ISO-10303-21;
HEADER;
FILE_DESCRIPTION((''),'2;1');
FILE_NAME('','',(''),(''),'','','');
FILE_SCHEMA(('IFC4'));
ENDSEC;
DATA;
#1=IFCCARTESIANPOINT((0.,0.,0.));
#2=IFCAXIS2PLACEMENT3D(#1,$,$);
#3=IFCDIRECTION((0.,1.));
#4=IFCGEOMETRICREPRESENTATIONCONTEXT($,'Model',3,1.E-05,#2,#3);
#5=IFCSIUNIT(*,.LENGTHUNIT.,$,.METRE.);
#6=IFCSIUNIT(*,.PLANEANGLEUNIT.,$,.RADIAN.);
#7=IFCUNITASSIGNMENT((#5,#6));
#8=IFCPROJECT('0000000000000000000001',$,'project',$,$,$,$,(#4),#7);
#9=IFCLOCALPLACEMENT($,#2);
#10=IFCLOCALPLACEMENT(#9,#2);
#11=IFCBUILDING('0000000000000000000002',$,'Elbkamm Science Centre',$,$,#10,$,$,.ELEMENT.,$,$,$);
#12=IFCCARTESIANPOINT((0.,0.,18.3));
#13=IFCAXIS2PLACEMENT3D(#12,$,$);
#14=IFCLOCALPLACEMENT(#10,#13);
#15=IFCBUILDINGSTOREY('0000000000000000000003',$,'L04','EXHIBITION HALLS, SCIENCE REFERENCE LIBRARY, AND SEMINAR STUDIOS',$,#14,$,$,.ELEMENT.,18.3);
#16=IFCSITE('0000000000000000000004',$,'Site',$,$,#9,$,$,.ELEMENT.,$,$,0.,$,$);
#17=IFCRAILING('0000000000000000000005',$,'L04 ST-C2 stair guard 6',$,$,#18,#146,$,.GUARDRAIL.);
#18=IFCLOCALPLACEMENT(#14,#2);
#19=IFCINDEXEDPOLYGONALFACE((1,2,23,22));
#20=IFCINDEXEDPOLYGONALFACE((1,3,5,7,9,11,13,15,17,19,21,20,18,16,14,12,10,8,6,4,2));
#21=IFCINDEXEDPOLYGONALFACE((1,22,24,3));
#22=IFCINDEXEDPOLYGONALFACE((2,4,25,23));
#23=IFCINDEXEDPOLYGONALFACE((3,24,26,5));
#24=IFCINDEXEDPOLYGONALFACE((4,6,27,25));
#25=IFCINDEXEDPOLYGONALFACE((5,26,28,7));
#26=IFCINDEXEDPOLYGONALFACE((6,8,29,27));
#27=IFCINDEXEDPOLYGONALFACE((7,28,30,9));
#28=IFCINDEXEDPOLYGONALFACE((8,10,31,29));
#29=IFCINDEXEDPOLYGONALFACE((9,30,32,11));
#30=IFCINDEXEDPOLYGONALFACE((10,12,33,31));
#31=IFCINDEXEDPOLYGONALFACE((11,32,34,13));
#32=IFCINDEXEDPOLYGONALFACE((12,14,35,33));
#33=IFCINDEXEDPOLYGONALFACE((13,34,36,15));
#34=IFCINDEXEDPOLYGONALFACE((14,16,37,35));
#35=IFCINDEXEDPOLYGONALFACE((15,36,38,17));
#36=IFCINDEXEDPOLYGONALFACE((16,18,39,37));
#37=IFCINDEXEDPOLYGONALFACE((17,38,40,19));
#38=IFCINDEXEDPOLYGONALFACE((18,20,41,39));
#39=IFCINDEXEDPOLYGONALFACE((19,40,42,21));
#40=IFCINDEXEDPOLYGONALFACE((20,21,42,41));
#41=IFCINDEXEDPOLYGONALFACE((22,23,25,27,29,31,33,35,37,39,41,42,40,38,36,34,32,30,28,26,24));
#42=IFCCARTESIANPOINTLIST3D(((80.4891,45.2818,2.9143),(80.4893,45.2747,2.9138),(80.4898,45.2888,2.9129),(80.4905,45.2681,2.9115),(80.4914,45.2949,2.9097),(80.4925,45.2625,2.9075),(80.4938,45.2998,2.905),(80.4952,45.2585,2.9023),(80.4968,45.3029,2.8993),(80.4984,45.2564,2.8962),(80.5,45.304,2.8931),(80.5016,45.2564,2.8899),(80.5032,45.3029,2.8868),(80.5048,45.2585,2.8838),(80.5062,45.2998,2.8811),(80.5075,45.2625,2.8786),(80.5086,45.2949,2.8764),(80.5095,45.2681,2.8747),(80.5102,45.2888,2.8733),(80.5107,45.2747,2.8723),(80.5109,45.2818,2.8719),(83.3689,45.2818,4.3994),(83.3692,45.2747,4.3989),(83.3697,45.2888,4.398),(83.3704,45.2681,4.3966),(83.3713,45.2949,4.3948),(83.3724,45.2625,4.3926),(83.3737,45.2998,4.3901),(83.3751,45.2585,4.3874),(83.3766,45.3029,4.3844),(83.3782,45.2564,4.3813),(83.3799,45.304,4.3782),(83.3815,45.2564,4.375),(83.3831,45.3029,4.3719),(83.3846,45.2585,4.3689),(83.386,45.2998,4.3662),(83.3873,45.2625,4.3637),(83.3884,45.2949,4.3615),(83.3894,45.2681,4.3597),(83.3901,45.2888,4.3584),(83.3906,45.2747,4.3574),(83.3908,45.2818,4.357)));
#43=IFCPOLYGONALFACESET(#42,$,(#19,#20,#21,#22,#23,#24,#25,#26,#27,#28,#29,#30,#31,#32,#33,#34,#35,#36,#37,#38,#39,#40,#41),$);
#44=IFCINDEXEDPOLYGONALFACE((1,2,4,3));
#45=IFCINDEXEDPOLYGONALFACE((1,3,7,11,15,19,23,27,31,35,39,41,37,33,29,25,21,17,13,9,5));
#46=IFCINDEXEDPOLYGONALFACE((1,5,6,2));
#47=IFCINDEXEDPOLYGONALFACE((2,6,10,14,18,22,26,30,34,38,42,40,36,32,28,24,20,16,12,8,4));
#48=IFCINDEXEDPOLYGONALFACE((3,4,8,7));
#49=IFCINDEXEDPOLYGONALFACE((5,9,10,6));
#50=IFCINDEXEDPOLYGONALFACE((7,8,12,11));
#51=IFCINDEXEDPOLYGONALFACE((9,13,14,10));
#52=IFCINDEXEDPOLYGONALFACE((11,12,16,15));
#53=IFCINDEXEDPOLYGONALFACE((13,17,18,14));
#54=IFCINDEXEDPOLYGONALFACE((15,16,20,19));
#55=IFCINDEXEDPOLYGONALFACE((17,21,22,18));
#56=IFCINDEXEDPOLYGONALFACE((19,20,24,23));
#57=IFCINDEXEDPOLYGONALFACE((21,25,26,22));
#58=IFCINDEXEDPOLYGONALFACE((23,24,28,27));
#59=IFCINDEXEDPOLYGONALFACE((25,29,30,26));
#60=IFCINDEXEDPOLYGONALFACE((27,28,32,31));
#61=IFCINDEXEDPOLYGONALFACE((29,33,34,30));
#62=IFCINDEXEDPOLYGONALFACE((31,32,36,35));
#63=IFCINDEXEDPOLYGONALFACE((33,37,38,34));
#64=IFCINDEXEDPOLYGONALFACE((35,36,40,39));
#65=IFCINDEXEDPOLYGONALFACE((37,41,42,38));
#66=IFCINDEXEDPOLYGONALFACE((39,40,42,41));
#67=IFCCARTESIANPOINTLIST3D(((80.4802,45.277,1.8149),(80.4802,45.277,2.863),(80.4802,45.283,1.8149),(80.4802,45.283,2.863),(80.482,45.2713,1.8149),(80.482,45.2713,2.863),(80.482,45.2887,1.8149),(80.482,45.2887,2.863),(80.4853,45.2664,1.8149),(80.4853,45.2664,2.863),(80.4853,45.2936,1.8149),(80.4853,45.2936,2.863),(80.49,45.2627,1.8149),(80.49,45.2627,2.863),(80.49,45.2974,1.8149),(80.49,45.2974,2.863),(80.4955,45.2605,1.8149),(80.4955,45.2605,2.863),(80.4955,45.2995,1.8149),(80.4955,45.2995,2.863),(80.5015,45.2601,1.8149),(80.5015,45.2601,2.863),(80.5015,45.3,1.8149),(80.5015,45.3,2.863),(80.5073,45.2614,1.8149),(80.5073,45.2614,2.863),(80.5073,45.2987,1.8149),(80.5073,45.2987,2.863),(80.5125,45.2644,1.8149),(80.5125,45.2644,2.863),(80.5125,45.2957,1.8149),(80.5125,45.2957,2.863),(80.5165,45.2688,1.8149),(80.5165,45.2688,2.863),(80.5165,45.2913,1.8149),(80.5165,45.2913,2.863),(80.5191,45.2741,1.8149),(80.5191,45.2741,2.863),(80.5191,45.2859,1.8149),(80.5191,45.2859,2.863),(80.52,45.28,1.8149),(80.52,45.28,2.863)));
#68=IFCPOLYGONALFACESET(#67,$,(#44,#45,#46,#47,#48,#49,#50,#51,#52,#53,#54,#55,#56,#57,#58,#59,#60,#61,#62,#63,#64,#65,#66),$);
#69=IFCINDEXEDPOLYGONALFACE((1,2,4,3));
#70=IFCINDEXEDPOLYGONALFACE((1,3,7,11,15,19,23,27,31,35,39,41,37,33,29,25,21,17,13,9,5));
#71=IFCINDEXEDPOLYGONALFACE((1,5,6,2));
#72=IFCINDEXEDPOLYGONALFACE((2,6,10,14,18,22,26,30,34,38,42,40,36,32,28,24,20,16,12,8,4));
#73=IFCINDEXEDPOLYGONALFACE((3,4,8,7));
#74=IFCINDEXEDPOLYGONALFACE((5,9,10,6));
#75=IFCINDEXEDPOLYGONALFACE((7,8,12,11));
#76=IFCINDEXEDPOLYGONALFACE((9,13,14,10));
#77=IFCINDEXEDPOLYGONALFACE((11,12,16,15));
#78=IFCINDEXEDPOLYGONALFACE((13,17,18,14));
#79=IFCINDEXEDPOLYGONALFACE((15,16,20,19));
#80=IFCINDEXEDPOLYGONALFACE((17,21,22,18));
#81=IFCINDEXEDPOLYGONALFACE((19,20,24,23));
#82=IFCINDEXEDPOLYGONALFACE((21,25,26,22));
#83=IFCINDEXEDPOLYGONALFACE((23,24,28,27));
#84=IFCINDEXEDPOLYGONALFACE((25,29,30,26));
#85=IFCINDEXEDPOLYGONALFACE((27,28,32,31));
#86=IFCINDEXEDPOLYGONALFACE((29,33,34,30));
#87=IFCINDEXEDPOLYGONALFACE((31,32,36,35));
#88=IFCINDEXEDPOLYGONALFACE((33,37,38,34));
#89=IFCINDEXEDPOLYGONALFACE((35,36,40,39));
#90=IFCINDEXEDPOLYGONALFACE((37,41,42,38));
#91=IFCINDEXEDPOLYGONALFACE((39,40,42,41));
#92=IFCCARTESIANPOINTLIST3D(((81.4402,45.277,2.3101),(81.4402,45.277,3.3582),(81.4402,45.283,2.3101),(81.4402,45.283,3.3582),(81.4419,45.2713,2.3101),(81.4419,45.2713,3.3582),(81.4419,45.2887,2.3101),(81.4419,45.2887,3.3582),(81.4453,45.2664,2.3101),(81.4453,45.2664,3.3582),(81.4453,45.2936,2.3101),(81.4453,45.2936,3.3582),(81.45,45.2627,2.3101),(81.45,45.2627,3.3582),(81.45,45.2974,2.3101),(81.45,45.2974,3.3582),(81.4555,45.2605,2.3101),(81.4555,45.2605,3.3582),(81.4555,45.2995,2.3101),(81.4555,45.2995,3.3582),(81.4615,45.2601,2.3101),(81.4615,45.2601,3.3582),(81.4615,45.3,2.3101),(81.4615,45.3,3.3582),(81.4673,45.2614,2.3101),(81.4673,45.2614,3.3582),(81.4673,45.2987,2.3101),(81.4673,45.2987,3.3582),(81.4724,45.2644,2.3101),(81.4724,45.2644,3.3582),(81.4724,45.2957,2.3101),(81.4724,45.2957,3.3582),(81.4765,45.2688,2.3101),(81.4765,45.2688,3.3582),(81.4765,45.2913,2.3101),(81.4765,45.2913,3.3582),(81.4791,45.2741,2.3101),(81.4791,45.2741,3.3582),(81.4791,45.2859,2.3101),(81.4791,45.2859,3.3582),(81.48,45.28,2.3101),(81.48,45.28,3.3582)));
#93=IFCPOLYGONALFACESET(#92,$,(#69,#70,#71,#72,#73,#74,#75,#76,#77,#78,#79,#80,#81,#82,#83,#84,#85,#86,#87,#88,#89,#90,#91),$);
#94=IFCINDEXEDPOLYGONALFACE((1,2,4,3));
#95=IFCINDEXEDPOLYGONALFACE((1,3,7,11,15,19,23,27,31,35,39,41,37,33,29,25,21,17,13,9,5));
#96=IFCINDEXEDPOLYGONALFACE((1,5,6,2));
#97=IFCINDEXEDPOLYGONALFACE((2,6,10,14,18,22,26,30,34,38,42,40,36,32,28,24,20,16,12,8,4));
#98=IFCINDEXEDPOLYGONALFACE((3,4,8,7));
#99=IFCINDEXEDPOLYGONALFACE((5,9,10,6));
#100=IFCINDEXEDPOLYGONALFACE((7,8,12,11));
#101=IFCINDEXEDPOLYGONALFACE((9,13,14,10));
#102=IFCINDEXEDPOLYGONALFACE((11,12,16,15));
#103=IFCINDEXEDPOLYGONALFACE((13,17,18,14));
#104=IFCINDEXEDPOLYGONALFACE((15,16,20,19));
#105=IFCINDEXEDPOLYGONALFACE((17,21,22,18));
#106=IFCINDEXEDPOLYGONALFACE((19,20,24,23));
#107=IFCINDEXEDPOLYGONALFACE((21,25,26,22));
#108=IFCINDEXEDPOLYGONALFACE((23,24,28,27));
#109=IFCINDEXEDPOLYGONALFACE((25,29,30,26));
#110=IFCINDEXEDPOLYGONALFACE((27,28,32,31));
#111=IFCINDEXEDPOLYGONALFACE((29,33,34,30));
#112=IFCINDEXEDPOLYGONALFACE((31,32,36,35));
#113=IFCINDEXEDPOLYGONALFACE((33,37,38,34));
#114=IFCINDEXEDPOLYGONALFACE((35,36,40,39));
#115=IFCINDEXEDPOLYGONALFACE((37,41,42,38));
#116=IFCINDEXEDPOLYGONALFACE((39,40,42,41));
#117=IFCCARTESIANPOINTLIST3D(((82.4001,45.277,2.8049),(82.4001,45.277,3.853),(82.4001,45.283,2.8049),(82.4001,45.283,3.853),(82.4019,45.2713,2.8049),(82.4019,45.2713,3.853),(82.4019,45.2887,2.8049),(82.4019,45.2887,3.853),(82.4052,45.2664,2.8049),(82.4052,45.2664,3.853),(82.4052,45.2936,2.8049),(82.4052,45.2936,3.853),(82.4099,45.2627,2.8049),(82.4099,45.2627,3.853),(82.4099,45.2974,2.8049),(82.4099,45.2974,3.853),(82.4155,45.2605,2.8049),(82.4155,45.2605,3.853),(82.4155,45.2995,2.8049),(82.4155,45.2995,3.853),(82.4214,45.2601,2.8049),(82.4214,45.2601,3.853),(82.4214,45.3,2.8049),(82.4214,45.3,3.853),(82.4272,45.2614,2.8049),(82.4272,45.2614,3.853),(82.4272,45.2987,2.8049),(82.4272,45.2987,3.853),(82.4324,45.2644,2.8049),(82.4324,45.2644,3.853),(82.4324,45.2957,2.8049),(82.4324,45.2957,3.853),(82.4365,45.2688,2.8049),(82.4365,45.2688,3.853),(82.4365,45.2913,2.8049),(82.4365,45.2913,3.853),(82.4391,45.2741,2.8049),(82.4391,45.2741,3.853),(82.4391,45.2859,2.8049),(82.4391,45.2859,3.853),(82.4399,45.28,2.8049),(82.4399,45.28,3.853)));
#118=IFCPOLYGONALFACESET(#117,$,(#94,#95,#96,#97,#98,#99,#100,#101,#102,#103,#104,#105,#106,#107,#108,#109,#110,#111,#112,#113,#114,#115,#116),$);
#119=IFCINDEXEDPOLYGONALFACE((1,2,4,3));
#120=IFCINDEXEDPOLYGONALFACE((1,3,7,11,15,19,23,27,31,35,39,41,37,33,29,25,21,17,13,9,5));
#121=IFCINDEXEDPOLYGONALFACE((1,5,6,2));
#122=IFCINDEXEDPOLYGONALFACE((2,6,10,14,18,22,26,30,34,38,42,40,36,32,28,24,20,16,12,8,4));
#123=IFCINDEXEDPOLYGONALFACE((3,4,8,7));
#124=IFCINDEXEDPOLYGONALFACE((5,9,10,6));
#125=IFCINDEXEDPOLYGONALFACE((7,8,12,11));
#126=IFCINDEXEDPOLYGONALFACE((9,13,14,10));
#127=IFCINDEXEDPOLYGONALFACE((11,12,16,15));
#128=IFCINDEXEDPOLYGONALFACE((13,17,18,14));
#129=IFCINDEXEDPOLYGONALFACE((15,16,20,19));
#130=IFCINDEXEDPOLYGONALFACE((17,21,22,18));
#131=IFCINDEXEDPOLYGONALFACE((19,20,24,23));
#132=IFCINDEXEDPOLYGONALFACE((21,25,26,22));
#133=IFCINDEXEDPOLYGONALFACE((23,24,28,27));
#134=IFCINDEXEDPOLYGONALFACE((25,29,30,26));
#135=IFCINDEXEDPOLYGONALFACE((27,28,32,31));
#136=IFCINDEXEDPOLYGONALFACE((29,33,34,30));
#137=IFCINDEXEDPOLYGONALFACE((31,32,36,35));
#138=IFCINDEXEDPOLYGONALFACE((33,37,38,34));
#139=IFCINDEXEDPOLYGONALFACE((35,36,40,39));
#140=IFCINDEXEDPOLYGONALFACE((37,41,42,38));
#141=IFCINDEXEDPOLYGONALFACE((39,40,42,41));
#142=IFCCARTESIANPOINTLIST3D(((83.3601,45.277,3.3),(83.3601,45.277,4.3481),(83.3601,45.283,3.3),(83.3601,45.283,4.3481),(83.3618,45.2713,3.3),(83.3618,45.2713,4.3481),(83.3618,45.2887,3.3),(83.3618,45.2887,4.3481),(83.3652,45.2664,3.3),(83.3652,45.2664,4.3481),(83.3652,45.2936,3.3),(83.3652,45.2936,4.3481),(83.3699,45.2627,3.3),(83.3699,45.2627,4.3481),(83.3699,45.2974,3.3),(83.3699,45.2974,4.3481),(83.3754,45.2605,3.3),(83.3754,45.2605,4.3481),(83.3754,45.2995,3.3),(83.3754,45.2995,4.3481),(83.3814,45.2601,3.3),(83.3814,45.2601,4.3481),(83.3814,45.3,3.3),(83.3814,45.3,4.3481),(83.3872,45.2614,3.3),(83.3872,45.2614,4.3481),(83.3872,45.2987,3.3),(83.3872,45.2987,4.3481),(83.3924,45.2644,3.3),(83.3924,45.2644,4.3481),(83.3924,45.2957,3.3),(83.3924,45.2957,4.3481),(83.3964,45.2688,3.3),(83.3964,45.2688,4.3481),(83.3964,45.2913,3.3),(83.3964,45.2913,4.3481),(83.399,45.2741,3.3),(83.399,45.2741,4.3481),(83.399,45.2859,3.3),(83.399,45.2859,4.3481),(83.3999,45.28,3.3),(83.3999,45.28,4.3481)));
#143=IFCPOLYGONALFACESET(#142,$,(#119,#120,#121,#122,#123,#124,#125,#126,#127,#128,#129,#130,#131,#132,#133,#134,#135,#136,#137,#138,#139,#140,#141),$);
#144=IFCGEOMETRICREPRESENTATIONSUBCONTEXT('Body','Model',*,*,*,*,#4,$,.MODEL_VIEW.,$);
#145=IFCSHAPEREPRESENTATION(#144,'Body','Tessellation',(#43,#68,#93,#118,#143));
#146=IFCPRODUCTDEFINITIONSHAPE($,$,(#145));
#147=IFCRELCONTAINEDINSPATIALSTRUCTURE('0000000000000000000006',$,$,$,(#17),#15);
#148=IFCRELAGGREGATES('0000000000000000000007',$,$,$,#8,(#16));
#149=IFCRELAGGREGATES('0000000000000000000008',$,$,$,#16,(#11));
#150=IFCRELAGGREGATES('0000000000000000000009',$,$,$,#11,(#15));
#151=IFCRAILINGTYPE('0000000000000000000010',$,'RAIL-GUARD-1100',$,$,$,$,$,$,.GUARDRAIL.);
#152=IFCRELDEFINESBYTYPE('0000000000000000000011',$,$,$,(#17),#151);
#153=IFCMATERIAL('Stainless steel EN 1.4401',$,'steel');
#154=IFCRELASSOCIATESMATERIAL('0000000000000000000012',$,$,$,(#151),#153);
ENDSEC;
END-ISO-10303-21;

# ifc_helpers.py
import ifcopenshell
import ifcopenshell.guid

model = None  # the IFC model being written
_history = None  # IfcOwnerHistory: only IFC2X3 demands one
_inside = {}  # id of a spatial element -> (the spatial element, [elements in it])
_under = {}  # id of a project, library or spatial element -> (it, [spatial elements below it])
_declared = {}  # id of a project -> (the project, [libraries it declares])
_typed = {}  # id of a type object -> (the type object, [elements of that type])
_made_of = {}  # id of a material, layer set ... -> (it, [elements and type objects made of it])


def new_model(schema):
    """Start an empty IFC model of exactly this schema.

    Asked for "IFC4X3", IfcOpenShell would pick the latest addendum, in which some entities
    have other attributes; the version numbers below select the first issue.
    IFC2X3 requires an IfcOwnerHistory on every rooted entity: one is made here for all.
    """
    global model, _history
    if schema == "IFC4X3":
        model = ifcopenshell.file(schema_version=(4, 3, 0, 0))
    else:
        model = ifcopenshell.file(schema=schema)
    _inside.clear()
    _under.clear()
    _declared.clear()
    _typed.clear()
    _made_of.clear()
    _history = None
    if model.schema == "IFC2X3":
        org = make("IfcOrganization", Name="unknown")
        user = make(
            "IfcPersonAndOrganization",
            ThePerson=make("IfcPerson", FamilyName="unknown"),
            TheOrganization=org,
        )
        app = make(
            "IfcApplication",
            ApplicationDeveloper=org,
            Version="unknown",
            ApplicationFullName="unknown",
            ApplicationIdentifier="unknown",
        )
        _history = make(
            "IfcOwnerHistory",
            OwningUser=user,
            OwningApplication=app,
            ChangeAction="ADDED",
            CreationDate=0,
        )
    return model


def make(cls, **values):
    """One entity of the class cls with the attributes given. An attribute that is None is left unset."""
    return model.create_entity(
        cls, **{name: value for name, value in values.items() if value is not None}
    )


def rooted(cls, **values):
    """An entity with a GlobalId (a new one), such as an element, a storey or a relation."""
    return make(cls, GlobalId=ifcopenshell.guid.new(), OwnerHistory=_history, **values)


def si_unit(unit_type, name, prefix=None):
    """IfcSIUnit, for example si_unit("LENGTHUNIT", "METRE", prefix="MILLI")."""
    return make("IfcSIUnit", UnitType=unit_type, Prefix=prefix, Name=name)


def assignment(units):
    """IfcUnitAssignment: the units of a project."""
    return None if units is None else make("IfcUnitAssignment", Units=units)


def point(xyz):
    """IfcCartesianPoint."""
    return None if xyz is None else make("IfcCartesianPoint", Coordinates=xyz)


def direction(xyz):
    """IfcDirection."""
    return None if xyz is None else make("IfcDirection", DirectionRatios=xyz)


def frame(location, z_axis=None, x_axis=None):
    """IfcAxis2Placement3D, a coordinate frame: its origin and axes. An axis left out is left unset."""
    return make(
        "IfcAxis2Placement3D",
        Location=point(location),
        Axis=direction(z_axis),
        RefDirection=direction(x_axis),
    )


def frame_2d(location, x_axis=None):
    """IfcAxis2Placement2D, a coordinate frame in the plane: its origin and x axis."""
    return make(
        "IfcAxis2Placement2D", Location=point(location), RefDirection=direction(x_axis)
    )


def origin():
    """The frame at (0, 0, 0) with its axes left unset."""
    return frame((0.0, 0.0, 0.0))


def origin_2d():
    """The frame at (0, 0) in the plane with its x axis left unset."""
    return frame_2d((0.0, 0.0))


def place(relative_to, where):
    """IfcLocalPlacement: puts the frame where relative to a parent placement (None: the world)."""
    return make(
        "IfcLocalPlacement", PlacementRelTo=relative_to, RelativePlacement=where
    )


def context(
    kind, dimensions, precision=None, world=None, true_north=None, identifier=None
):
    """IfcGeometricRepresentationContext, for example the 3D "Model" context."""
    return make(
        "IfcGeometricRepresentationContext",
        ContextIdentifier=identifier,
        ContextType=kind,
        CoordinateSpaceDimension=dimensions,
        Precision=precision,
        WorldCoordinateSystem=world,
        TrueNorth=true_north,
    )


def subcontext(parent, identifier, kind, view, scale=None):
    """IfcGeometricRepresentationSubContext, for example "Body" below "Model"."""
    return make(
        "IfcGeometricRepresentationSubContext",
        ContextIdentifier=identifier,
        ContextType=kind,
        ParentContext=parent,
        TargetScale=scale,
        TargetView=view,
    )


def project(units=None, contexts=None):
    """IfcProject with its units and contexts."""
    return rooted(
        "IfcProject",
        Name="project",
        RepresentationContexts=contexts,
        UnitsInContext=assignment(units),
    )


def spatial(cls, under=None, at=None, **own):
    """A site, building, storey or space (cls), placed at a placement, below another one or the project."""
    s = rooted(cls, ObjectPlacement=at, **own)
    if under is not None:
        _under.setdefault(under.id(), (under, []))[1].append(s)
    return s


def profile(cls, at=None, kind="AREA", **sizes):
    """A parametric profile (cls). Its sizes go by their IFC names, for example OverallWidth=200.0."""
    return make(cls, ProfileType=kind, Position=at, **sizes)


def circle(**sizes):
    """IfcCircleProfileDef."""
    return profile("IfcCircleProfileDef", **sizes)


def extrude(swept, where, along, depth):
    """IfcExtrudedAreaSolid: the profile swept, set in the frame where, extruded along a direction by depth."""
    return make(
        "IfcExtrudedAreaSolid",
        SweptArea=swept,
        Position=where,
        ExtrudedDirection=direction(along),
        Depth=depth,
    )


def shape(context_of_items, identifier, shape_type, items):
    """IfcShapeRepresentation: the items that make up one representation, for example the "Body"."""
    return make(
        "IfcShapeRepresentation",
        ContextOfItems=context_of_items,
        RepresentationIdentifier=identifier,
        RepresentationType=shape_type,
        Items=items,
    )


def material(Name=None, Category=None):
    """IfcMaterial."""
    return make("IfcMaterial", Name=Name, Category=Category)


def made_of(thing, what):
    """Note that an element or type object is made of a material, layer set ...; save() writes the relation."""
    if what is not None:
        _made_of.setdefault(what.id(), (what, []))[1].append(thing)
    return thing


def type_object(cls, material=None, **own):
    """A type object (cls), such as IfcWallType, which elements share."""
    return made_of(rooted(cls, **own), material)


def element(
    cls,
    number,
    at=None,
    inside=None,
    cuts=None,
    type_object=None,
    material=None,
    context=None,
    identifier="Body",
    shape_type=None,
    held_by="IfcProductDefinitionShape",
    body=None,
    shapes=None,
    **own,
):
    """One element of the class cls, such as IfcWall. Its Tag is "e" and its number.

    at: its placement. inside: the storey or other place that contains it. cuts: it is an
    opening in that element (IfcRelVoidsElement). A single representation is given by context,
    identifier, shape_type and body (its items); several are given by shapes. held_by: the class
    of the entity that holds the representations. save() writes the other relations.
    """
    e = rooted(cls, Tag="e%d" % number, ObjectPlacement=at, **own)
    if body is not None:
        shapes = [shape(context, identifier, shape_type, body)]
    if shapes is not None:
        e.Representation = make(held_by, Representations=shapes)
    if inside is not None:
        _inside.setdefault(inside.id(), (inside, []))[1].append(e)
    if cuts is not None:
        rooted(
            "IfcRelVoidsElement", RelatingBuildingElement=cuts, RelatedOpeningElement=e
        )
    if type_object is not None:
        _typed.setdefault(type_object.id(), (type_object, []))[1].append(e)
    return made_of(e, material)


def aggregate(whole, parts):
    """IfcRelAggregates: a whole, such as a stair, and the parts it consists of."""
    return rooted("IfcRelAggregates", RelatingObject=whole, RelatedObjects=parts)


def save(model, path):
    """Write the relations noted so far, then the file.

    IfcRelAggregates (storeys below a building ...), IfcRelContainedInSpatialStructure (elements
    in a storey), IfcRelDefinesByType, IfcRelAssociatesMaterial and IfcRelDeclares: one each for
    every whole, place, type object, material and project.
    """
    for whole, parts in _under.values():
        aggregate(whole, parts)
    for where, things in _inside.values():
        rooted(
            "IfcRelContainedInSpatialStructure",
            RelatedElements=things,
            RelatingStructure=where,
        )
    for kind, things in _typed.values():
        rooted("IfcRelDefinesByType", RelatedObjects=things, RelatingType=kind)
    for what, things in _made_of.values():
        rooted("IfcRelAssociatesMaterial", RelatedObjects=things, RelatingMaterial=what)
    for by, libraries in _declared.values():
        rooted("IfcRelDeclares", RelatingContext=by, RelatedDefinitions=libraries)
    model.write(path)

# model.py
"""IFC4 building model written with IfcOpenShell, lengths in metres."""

from ifc_helpers import new_model, si_unit, direction, frame, origin, origin_2d, place, context, subcontext, project, spatial, circle, extrude, material, type_object, element, save


model = new_model("IFC4")

# Units and contexts
model_context = context("Model", 3, precision=1e-05, world=origin(), true_north=direction((0.0, 1.0)))
body_context = subcontext(model_context, "Body", "Model", "MODEL_VIEW")
ifc_project = project(units=[si_unit("LENGTHUNIT", "METRE"), si_unit("PLANEANGLEUNIT", "RADIAN")], contexts=[model_context])

# Site, building, storey
site_placement = place(None, origin())
site = spatial("IfcSite", under=ifc_project, at=site_placement, Name="Site", CompositionType="ELEMENT", RefElevation=0.0)
building_placement = place(site_placement, origin())
building = spatial("IfcBuilding", under=site, at=building_placement, Name="Elbkamm Science Centre", CompositionType="ELEMENT")
storey_placement = place(building_placement, frame((0.0, 0.0, 18.3)))
storey = spatial("IfcBuildingStorey", under=building, at=storey_placement, Name="L04", Description="EXHIBITION HALLS, SCIENCE REFERENCE LIBRARY, AND SEMINAR STUDIOS", CompositionType="ELEMENT", Elevation=18.3)

# Railing
ifc_material_1 = material(Name="Stainless steel EN 1.4401", Category="steel")
railing_type_1 = type_object("IfcRailingType", Name="RAIL-GUARD-1100", PredefinedType="GUARDRAIL", material=ifc_material_1)
railing_1_placement = place(storey_placement, frame((80.5, 45.28, 1.8149)))
element("IfcRailing", 1, at=railing_1_placement, inside=storey, type_object=railing_type_1, Name="L04 ST-C2 stair guard 6", PredefinedType="GUARDRAIL", context=body_context, shape_type="SweptSolid", body=[
    extrude(circle(Radius=0.0239, at=origin_2d()), frame((0.0, 0.0, 1.0781), z_axis=(0.888782, 0.0, 0.45833), x_axis=(0.0, 1.0, 0.0)), (0.0, 0.0, 1.0), 3.2402),
    extrude(circle(Radius=0.02, at=origin_2d()), origin(), (0.0, 0.0, 1.0), 1.0481),
    extrude(circle(Radius=0.02, at=origin_2d()), frame((0.96, 0.0, 0.4951)), (0.0, 0.0, 1.0), 1.0481),
    extrude(circle(Radius=0.02, at=origin_2d()), frame((1.9199, 0.0, 0.99)), (0.0, 0.0, 1.0), 1.0481),
    extrude(circle(Radius=0.02, at=origin_2d()), frame((2.8799, 0.0, 1.4851)), (0.0, 0.0, 1.0), 1.0481),
])

save(model, "model.ifc")
